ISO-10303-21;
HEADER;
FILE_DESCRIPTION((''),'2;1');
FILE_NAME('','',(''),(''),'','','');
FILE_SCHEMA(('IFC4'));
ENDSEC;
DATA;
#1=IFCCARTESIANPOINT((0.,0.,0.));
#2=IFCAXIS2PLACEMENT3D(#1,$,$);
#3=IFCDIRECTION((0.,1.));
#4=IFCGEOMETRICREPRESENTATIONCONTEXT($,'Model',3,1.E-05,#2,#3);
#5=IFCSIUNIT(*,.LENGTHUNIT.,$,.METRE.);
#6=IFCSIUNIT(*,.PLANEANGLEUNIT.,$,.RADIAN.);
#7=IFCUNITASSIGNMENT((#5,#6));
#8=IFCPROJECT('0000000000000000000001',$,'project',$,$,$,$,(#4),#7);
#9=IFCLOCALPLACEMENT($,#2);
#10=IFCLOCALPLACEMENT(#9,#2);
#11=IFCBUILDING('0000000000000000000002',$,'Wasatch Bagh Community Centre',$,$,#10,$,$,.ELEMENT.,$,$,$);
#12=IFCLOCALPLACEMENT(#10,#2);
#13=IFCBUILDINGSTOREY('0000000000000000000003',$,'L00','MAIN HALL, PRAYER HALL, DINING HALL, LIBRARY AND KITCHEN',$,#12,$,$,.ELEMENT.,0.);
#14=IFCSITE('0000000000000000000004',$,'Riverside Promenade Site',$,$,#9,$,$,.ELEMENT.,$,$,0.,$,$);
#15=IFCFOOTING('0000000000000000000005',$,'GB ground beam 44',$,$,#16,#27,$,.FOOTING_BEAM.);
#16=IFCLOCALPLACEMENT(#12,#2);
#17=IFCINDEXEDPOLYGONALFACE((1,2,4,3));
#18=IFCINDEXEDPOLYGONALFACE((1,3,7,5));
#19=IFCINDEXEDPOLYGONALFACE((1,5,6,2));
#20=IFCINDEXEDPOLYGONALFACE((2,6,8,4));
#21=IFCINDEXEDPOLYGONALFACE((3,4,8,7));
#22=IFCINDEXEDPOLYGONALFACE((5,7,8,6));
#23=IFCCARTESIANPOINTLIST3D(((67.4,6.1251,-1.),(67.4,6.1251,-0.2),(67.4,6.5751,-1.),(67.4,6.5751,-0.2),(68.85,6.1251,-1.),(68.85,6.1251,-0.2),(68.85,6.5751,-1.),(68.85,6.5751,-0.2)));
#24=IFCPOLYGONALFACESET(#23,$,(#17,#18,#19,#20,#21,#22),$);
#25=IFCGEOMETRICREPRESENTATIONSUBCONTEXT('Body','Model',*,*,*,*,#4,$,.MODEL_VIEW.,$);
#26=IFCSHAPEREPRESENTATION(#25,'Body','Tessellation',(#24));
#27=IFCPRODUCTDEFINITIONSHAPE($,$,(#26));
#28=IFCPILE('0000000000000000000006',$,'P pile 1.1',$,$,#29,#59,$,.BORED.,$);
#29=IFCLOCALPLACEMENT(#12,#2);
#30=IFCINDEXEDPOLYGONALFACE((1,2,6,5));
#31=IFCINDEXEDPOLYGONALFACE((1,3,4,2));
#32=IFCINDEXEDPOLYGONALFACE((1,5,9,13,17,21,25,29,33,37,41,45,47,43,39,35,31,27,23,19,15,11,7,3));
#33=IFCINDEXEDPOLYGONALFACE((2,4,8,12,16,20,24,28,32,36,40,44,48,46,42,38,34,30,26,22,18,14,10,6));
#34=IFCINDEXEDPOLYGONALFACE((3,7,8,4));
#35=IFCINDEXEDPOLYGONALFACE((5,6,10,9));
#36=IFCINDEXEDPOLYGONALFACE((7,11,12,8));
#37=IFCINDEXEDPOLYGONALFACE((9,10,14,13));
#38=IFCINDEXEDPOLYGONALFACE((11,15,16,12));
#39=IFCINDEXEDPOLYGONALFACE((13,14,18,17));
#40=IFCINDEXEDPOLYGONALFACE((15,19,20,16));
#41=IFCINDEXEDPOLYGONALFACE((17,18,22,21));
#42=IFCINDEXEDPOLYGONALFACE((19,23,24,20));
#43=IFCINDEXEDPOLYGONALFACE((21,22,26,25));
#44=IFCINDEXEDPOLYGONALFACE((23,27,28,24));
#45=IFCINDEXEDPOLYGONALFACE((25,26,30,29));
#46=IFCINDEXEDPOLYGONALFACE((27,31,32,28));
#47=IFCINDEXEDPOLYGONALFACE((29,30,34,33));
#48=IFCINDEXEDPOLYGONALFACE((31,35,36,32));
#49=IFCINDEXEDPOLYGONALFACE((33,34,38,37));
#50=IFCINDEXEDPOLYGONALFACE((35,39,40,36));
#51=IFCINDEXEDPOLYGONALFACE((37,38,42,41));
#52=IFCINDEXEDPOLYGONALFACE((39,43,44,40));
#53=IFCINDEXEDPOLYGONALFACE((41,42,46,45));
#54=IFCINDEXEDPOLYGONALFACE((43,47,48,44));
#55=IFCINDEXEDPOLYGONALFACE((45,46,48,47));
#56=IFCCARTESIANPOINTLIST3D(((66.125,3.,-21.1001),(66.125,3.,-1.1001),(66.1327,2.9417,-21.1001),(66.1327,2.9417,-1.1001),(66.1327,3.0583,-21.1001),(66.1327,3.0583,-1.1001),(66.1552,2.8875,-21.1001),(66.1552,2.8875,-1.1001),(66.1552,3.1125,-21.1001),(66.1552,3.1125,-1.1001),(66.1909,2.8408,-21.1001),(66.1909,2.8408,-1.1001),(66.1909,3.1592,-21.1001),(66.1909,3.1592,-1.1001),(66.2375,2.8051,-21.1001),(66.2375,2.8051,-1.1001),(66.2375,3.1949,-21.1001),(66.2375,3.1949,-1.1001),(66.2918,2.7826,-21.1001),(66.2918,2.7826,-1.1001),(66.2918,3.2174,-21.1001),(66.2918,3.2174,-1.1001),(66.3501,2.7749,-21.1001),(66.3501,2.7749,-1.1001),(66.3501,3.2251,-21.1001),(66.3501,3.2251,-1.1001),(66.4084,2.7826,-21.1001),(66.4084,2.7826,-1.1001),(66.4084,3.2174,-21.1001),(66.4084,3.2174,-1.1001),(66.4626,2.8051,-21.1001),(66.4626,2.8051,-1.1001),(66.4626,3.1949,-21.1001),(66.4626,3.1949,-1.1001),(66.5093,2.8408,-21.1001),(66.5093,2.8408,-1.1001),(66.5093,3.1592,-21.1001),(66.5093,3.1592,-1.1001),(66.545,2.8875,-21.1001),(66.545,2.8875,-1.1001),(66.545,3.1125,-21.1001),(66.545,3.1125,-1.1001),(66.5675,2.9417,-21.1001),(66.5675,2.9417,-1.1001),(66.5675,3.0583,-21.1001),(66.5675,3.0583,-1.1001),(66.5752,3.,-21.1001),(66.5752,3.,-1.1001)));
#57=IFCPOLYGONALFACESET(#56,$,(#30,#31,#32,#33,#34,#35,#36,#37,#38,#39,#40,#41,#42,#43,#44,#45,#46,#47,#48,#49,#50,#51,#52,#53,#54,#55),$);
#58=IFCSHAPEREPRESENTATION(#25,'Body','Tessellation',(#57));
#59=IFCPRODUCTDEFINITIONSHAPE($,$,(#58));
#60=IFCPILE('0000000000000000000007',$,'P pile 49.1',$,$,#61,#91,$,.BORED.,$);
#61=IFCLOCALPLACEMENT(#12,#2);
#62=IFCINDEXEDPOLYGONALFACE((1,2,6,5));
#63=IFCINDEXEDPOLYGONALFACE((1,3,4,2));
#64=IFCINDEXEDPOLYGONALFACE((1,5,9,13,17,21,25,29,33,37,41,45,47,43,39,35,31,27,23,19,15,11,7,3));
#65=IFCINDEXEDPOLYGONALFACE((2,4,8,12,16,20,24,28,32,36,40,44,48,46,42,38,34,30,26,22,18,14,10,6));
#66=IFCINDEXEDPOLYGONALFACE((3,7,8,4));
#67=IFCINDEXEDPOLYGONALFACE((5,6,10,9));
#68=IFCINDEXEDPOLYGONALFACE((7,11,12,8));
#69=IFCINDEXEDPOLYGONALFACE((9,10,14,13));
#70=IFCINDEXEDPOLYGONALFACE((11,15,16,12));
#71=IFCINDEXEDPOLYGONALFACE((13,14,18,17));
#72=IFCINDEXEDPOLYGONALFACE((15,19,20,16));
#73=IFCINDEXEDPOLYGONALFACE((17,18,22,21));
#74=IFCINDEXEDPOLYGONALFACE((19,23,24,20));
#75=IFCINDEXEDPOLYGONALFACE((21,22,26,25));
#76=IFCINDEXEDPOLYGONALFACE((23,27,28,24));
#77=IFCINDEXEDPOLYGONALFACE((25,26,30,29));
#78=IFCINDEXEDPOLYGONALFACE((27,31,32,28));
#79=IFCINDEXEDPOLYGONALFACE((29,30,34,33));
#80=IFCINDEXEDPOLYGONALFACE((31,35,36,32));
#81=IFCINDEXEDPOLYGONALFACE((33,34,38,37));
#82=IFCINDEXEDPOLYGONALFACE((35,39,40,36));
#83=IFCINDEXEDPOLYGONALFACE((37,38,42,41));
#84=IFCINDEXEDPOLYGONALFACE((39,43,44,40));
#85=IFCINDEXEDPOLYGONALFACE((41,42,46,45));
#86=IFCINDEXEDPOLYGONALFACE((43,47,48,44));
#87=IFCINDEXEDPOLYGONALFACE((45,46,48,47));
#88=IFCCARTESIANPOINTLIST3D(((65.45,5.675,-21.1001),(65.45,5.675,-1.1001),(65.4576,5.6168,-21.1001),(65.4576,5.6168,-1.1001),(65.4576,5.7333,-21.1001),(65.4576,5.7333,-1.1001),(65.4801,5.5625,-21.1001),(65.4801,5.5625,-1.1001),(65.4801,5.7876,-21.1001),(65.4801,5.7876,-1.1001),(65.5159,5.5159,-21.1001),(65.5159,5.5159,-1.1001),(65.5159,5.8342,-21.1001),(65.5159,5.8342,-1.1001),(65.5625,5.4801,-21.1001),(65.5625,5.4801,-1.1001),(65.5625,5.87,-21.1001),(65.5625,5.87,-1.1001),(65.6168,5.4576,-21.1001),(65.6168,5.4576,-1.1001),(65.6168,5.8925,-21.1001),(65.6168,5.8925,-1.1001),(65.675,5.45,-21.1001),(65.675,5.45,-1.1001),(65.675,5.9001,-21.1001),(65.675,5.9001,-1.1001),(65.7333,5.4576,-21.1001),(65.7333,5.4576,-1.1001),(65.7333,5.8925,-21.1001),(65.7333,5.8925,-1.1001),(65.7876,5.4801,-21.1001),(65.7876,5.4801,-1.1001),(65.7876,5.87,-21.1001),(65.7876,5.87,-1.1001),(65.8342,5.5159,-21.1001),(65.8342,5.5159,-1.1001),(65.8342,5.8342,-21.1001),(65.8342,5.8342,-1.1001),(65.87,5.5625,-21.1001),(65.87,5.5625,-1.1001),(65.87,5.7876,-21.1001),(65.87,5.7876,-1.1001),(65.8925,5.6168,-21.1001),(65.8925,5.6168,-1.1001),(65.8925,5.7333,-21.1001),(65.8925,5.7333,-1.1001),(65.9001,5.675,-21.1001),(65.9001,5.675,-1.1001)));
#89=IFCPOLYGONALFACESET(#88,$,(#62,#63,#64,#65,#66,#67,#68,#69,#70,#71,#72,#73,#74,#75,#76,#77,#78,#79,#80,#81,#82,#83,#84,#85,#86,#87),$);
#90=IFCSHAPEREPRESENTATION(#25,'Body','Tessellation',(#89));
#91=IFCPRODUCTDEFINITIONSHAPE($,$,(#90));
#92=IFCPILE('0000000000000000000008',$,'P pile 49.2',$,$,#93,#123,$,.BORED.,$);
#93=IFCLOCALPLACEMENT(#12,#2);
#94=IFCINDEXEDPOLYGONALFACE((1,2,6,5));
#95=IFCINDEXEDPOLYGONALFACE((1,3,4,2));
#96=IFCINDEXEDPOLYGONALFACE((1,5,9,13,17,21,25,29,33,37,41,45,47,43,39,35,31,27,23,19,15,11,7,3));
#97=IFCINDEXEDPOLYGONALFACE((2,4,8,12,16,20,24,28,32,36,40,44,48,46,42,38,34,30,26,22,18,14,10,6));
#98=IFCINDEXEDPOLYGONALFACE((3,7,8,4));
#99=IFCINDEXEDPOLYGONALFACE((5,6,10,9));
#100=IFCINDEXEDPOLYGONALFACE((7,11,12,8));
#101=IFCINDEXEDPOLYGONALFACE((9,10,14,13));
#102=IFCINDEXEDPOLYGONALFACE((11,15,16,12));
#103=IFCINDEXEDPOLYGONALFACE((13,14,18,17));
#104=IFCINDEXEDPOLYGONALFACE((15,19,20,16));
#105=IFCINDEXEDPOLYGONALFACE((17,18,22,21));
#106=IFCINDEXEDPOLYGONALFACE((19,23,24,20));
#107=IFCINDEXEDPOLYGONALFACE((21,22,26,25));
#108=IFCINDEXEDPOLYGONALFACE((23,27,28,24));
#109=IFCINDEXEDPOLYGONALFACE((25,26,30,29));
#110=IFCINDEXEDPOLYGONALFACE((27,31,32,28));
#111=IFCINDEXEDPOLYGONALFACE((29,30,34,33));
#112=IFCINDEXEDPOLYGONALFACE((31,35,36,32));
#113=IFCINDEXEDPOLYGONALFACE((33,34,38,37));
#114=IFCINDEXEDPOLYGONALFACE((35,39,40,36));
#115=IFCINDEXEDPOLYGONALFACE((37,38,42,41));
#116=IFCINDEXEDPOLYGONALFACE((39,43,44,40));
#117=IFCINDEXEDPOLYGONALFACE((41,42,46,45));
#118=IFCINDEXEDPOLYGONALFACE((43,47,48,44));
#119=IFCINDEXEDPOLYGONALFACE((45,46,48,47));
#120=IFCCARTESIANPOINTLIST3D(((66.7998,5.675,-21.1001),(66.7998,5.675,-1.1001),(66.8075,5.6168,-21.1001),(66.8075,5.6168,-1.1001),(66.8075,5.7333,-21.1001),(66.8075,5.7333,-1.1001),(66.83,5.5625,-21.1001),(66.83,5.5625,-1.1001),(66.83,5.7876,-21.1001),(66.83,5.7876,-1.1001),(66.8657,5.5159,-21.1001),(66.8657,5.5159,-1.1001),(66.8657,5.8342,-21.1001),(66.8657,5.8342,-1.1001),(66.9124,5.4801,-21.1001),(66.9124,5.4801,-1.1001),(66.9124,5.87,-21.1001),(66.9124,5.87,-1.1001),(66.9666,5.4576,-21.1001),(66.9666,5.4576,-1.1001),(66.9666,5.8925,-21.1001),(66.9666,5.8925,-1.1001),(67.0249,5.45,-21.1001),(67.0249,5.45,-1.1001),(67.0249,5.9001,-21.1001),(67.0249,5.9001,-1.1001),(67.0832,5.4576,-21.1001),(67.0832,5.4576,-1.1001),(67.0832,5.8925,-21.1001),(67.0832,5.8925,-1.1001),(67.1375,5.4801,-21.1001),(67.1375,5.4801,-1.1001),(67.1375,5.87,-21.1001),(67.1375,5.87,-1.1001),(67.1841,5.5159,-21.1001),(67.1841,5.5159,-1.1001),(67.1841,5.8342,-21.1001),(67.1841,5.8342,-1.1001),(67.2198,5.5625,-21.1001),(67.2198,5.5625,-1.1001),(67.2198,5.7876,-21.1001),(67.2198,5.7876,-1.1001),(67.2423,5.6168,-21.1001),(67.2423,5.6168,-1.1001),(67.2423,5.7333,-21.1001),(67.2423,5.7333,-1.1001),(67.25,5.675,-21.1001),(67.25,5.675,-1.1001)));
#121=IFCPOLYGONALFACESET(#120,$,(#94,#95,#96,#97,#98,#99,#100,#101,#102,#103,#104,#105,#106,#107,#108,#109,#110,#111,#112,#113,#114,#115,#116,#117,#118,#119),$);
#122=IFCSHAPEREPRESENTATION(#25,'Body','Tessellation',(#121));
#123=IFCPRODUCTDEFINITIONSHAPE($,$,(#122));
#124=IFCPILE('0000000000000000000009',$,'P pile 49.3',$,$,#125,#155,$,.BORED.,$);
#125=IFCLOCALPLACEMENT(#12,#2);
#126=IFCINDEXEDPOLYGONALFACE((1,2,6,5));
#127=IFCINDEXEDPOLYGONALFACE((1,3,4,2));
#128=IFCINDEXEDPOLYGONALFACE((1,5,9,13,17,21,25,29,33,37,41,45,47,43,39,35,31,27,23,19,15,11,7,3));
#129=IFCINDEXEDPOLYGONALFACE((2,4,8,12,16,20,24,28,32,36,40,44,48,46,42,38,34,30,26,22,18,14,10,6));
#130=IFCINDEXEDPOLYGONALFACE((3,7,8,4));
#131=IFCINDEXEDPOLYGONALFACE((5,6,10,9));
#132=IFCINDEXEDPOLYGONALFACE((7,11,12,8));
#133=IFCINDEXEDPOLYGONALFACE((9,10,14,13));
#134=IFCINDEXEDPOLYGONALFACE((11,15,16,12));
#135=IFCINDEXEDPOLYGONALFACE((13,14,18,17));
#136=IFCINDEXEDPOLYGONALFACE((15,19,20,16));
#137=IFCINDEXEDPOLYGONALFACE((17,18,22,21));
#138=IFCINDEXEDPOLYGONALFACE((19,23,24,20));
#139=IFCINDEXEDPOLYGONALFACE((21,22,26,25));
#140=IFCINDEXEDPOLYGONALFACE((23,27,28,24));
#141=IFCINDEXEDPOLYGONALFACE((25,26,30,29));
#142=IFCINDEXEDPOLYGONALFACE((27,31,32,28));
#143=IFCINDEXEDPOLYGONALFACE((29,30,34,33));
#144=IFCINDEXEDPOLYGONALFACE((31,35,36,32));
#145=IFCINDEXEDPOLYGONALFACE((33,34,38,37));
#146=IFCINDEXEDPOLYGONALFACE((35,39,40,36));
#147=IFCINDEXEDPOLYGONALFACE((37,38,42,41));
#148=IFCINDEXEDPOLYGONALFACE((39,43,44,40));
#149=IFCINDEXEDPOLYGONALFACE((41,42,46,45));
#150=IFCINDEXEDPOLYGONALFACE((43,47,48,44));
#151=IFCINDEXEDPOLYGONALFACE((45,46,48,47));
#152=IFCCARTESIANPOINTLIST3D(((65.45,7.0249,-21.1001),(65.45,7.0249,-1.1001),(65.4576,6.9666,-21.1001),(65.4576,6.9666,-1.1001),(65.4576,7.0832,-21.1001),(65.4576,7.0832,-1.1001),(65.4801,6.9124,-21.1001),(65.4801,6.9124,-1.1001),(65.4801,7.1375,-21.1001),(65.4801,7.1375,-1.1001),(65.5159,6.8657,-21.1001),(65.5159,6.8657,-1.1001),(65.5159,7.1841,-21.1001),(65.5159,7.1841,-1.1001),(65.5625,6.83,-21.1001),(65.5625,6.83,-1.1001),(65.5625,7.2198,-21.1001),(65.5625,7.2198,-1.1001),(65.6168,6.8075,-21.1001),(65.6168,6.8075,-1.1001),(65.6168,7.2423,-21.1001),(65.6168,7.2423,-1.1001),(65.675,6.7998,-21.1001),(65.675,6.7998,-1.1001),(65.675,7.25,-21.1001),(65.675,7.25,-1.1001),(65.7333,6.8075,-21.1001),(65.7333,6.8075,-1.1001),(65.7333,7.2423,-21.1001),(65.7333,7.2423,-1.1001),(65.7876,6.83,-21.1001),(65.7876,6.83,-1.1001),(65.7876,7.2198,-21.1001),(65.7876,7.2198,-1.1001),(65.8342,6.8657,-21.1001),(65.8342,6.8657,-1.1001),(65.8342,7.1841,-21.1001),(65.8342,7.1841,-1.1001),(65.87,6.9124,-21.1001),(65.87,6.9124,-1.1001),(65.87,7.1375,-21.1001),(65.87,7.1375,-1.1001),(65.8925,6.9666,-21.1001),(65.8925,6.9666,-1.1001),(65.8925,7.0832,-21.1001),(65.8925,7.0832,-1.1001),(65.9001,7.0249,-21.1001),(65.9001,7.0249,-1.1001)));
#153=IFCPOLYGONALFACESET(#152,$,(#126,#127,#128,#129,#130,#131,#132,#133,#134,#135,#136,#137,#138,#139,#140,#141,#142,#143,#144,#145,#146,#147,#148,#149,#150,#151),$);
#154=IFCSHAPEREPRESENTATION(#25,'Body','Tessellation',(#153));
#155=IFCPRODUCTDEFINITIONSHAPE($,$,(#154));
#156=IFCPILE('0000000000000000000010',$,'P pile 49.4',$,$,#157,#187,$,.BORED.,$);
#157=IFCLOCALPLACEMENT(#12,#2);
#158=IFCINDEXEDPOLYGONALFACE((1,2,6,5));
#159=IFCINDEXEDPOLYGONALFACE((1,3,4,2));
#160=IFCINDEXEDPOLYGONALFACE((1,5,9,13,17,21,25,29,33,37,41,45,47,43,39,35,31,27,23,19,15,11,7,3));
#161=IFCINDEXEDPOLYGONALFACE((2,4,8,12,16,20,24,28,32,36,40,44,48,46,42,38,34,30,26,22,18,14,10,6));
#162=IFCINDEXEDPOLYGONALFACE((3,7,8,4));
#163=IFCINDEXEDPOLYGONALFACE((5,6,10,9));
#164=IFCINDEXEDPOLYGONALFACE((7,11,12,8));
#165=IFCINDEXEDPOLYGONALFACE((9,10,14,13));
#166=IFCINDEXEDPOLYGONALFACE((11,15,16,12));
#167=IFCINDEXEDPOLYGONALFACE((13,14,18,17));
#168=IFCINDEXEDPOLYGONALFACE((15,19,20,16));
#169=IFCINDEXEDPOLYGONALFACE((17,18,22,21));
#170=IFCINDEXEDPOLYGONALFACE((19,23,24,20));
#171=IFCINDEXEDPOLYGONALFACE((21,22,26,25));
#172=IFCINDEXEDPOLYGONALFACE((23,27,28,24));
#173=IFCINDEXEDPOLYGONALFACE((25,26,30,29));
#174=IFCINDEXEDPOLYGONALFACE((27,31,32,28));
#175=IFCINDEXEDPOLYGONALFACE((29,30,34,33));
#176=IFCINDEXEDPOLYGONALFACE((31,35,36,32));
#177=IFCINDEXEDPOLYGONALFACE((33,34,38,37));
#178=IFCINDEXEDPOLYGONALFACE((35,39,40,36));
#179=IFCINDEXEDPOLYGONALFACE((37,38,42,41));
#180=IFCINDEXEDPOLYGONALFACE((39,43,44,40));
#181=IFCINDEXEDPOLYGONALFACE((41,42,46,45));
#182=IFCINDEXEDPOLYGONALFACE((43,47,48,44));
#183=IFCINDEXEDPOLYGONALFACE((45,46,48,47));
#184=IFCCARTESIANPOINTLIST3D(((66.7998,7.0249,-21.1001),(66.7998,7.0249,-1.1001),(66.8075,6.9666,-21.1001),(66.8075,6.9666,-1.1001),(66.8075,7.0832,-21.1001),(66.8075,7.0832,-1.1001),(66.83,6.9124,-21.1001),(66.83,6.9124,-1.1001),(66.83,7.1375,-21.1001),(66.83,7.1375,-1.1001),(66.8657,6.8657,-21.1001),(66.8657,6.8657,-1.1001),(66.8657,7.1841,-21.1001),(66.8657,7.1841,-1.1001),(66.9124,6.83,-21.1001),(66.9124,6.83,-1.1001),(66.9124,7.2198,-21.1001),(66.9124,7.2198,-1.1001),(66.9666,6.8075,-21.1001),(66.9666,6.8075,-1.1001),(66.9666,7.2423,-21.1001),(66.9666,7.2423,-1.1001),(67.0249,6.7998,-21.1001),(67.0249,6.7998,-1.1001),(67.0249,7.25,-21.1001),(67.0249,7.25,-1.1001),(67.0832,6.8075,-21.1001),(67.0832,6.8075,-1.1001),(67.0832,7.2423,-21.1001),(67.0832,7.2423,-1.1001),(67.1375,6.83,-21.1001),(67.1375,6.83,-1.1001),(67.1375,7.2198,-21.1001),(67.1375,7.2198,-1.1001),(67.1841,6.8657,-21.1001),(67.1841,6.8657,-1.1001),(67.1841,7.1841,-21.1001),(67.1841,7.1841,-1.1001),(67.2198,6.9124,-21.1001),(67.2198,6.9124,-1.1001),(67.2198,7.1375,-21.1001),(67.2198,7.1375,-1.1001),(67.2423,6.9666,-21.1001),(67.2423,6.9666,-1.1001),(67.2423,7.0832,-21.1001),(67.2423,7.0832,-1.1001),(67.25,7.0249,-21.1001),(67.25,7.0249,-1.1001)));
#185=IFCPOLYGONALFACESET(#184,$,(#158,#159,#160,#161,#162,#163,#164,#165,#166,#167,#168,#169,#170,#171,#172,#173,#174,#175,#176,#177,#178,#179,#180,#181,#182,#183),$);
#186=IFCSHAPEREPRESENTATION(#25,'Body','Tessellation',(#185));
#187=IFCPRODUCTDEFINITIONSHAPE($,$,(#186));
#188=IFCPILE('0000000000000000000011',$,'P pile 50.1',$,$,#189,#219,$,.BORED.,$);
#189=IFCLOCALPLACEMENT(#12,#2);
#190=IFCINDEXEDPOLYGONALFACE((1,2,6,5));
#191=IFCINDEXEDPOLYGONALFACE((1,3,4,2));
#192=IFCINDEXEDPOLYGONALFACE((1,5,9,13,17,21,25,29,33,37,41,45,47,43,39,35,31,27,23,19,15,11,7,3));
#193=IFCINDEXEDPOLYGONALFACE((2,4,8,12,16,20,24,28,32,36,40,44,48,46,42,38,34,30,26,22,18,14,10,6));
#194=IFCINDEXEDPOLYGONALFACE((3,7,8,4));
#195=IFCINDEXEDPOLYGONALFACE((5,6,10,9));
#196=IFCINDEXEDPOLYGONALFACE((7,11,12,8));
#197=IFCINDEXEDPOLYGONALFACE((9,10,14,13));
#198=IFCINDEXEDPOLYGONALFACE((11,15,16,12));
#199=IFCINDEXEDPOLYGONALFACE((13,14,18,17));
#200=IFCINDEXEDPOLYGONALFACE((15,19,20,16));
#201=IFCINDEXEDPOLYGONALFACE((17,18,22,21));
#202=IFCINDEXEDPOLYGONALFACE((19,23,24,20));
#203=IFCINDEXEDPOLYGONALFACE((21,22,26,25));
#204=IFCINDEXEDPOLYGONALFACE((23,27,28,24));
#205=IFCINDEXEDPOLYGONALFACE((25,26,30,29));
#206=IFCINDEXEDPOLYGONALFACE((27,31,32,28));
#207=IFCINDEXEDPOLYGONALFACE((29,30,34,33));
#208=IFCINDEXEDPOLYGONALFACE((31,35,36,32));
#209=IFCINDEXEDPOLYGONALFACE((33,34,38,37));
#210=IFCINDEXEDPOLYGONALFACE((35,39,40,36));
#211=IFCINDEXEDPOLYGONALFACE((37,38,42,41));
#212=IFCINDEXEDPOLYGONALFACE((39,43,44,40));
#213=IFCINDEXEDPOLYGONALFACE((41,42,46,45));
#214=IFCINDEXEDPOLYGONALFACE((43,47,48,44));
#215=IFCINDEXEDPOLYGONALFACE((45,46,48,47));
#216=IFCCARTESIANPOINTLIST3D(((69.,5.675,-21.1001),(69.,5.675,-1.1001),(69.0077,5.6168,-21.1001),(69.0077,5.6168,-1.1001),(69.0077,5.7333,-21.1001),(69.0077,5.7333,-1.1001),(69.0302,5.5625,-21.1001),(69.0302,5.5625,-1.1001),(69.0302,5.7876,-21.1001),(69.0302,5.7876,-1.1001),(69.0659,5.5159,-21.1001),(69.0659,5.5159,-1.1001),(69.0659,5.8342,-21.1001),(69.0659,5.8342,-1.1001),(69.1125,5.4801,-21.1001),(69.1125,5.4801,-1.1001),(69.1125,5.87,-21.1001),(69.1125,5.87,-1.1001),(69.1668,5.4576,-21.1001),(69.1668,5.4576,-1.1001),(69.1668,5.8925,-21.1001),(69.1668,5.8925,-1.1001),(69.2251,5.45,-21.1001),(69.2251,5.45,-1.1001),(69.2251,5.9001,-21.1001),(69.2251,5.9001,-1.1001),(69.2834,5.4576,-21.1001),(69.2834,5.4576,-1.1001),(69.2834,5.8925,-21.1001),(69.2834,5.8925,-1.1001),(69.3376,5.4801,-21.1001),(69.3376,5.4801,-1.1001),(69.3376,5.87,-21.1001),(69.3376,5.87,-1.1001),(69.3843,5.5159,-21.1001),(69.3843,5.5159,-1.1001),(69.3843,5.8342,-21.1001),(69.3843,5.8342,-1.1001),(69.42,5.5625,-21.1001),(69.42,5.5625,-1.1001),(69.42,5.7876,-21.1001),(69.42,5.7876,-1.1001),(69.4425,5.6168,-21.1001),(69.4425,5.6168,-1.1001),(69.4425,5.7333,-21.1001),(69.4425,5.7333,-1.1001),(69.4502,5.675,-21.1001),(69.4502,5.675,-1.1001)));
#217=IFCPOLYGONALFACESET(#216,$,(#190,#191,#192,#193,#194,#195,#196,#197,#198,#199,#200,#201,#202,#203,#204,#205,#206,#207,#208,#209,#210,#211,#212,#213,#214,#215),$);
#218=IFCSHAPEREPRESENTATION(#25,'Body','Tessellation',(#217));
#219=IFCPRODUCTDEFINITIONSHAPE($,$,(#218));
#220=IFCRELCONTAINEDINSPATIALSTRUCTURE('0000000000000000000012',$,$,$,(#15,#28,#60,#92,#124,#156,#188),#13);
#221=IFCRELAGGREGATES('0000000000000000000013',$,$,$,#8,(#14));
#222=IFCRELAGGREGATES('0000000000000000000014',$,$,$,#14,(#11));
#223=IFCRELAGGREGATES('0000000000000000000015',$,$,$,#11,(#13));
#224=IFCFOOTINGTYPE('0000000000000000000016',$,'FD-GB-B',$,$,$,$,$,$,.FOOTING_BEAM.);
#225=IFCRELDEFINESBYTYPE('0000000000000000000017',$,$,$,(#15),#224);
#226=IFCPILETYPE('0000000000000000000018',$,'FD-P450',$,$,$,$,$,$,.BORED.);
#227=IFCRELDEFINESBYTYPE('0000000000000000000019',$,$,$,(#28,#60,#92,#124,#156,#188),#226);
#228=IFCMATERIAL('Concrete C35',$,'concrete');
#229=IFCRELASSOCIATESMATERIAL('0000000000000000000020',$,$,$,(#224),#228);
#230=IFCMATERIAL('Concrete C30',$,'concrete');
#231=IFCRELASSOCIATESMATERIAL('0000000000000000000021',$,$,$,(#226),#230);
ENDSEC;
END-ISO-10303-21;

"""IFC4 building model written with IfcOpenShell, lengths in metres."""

from ifc_helpers import new_model, si_unit, direction, frame, origin, origin_2d, place, context, subcontext, project, spatial, rectangle, circle, extrude, material, material_profile, profile_set, type_object, element, save


model = new_model("IFC4")

# Units and contexts
model_context = context("Model", 3, precision=1e-05, world=origin(), true_north=direction((0.0, 1.0)))
body_context = subcontext(model_context, "Body", "Model", "MODEL_VIEW")
ifc_project = project(units=[si_unit("LENGTHUNIT", "METRE"), si_unit("PLANEANGLEUNIT", "RADIAN")], contexts=[model_context])

# Site, building, storey
site_placement = place(None, origin())
site = spatial("IfcSite", under=ifc_project, at=site_placement, Name="Riverside Promenade Site", CompositionType="ELEMENT", RefElevation=0.0)
building_placement = place(site_placement, origin())
building = spatial("IfcBuilding", under=site, at=building_placement, Name="Wasatch Bagh Community Centre", CompositionType="ELEMENT")
storey_placement = place(building_placement, origin())
storey = spatial("IfcBuildingStorey", under=building, at=storey_placement, Name="L00", Description="MAIN HALL, PRAYER HALL, DINING HALL, LIBRARY AND KITCHEN", CompositionType="ELEMENT", Elevation=0.0)

# Footing
ifc_material_1 = material(Name="Concrete C35", Category="concrete")
footing_type_1 = type_object("IfcFootingType", Name="FD-GB-B", PredefinedType="FOOTING_BEAM", material=ifc_material_1)
footing_1_placement = place(storey_placement, frame((68.125, 6.3501, -1.0), z_axis=(0.0, 0.0, 1.0), x_axis=(1.0, 0.0, 0.0)))
element("IfcFooting", 1, at=footing_1_placement, inside=storey, type_object=footing_type_1, Name="GB ground beam 44", PredefinedType="FOOTING_BEAM", context=body_context, shape_type="SweptSolid", body=[
    extrude(rectangle(XDim=1.45, YDim=0.45, at=origin_2d()), origin(), (0.0, 0.0, 1.0), 0.8),
])

# Piles
ifc_material_2 = material(Name="Concrete C30", Category="concrete")
ifc_material_profile_1 = material_profile(ifc_material_2, circle(Radius=0.2251, at=origin_2d()), Name="RC D450")
ifc_profile_set_1 = profile_set([ifc_material_profile_1], Name="Concrete C30")
pile_type = type_object("IfcPileType", Name="FD-P450", PredefinedType="BORED", material=ifc_profile_set_1)
for number, where, z_axis, x_axis, name in (
    (2, (66.3501, 3.0, -1.1001), (0.0, 0.0, -1.0), (1.0, 0.0, 0.0), "P pile 1.1"),
    (3, (65.675, 5.675, -1.1001), (0.0, 0.0, -1.0), (1.0, 0.0, 0.0), "P pile 49.1"),
    (4, (67.0249, 5.675, -1.1001), (0.0, 0.0, -1.0), (1.0, 0.0, 0.0), "P pile 49.2"),
    (5, (65.675, 7.0249, -1.1001), (0.0, 0.0, -1.0), (1.0, 0.0, 0.0), "P pile 49.3"),
    (6, (67.0249, 7.0249, -1.1001), (0.0, 0.0, -1.0), (1.0, 0.0, 0.0), "P pile 49.4"),
    (7, (69.2251, 5.675, -1.1001), (0.0, 0.0, -1.0), (1.0, 0.0, 0.0), "P pile 50.1"),
):
    element("IfcPile", number, at=place(storey_placement, frame(where, z_axis=z_axis, x_axis=x_axis)), inside=storey, type_object=pile_type, Name=name, PredefinedType="BORED", context=body_context, shape_type="SweptSolid", body=[
        extrude(circle(Radius=0.2251, at=origin_2d()), origin(), (0.0, 0.0, 1.0), 20.0),
    ])

save(model, "model.ifc")
